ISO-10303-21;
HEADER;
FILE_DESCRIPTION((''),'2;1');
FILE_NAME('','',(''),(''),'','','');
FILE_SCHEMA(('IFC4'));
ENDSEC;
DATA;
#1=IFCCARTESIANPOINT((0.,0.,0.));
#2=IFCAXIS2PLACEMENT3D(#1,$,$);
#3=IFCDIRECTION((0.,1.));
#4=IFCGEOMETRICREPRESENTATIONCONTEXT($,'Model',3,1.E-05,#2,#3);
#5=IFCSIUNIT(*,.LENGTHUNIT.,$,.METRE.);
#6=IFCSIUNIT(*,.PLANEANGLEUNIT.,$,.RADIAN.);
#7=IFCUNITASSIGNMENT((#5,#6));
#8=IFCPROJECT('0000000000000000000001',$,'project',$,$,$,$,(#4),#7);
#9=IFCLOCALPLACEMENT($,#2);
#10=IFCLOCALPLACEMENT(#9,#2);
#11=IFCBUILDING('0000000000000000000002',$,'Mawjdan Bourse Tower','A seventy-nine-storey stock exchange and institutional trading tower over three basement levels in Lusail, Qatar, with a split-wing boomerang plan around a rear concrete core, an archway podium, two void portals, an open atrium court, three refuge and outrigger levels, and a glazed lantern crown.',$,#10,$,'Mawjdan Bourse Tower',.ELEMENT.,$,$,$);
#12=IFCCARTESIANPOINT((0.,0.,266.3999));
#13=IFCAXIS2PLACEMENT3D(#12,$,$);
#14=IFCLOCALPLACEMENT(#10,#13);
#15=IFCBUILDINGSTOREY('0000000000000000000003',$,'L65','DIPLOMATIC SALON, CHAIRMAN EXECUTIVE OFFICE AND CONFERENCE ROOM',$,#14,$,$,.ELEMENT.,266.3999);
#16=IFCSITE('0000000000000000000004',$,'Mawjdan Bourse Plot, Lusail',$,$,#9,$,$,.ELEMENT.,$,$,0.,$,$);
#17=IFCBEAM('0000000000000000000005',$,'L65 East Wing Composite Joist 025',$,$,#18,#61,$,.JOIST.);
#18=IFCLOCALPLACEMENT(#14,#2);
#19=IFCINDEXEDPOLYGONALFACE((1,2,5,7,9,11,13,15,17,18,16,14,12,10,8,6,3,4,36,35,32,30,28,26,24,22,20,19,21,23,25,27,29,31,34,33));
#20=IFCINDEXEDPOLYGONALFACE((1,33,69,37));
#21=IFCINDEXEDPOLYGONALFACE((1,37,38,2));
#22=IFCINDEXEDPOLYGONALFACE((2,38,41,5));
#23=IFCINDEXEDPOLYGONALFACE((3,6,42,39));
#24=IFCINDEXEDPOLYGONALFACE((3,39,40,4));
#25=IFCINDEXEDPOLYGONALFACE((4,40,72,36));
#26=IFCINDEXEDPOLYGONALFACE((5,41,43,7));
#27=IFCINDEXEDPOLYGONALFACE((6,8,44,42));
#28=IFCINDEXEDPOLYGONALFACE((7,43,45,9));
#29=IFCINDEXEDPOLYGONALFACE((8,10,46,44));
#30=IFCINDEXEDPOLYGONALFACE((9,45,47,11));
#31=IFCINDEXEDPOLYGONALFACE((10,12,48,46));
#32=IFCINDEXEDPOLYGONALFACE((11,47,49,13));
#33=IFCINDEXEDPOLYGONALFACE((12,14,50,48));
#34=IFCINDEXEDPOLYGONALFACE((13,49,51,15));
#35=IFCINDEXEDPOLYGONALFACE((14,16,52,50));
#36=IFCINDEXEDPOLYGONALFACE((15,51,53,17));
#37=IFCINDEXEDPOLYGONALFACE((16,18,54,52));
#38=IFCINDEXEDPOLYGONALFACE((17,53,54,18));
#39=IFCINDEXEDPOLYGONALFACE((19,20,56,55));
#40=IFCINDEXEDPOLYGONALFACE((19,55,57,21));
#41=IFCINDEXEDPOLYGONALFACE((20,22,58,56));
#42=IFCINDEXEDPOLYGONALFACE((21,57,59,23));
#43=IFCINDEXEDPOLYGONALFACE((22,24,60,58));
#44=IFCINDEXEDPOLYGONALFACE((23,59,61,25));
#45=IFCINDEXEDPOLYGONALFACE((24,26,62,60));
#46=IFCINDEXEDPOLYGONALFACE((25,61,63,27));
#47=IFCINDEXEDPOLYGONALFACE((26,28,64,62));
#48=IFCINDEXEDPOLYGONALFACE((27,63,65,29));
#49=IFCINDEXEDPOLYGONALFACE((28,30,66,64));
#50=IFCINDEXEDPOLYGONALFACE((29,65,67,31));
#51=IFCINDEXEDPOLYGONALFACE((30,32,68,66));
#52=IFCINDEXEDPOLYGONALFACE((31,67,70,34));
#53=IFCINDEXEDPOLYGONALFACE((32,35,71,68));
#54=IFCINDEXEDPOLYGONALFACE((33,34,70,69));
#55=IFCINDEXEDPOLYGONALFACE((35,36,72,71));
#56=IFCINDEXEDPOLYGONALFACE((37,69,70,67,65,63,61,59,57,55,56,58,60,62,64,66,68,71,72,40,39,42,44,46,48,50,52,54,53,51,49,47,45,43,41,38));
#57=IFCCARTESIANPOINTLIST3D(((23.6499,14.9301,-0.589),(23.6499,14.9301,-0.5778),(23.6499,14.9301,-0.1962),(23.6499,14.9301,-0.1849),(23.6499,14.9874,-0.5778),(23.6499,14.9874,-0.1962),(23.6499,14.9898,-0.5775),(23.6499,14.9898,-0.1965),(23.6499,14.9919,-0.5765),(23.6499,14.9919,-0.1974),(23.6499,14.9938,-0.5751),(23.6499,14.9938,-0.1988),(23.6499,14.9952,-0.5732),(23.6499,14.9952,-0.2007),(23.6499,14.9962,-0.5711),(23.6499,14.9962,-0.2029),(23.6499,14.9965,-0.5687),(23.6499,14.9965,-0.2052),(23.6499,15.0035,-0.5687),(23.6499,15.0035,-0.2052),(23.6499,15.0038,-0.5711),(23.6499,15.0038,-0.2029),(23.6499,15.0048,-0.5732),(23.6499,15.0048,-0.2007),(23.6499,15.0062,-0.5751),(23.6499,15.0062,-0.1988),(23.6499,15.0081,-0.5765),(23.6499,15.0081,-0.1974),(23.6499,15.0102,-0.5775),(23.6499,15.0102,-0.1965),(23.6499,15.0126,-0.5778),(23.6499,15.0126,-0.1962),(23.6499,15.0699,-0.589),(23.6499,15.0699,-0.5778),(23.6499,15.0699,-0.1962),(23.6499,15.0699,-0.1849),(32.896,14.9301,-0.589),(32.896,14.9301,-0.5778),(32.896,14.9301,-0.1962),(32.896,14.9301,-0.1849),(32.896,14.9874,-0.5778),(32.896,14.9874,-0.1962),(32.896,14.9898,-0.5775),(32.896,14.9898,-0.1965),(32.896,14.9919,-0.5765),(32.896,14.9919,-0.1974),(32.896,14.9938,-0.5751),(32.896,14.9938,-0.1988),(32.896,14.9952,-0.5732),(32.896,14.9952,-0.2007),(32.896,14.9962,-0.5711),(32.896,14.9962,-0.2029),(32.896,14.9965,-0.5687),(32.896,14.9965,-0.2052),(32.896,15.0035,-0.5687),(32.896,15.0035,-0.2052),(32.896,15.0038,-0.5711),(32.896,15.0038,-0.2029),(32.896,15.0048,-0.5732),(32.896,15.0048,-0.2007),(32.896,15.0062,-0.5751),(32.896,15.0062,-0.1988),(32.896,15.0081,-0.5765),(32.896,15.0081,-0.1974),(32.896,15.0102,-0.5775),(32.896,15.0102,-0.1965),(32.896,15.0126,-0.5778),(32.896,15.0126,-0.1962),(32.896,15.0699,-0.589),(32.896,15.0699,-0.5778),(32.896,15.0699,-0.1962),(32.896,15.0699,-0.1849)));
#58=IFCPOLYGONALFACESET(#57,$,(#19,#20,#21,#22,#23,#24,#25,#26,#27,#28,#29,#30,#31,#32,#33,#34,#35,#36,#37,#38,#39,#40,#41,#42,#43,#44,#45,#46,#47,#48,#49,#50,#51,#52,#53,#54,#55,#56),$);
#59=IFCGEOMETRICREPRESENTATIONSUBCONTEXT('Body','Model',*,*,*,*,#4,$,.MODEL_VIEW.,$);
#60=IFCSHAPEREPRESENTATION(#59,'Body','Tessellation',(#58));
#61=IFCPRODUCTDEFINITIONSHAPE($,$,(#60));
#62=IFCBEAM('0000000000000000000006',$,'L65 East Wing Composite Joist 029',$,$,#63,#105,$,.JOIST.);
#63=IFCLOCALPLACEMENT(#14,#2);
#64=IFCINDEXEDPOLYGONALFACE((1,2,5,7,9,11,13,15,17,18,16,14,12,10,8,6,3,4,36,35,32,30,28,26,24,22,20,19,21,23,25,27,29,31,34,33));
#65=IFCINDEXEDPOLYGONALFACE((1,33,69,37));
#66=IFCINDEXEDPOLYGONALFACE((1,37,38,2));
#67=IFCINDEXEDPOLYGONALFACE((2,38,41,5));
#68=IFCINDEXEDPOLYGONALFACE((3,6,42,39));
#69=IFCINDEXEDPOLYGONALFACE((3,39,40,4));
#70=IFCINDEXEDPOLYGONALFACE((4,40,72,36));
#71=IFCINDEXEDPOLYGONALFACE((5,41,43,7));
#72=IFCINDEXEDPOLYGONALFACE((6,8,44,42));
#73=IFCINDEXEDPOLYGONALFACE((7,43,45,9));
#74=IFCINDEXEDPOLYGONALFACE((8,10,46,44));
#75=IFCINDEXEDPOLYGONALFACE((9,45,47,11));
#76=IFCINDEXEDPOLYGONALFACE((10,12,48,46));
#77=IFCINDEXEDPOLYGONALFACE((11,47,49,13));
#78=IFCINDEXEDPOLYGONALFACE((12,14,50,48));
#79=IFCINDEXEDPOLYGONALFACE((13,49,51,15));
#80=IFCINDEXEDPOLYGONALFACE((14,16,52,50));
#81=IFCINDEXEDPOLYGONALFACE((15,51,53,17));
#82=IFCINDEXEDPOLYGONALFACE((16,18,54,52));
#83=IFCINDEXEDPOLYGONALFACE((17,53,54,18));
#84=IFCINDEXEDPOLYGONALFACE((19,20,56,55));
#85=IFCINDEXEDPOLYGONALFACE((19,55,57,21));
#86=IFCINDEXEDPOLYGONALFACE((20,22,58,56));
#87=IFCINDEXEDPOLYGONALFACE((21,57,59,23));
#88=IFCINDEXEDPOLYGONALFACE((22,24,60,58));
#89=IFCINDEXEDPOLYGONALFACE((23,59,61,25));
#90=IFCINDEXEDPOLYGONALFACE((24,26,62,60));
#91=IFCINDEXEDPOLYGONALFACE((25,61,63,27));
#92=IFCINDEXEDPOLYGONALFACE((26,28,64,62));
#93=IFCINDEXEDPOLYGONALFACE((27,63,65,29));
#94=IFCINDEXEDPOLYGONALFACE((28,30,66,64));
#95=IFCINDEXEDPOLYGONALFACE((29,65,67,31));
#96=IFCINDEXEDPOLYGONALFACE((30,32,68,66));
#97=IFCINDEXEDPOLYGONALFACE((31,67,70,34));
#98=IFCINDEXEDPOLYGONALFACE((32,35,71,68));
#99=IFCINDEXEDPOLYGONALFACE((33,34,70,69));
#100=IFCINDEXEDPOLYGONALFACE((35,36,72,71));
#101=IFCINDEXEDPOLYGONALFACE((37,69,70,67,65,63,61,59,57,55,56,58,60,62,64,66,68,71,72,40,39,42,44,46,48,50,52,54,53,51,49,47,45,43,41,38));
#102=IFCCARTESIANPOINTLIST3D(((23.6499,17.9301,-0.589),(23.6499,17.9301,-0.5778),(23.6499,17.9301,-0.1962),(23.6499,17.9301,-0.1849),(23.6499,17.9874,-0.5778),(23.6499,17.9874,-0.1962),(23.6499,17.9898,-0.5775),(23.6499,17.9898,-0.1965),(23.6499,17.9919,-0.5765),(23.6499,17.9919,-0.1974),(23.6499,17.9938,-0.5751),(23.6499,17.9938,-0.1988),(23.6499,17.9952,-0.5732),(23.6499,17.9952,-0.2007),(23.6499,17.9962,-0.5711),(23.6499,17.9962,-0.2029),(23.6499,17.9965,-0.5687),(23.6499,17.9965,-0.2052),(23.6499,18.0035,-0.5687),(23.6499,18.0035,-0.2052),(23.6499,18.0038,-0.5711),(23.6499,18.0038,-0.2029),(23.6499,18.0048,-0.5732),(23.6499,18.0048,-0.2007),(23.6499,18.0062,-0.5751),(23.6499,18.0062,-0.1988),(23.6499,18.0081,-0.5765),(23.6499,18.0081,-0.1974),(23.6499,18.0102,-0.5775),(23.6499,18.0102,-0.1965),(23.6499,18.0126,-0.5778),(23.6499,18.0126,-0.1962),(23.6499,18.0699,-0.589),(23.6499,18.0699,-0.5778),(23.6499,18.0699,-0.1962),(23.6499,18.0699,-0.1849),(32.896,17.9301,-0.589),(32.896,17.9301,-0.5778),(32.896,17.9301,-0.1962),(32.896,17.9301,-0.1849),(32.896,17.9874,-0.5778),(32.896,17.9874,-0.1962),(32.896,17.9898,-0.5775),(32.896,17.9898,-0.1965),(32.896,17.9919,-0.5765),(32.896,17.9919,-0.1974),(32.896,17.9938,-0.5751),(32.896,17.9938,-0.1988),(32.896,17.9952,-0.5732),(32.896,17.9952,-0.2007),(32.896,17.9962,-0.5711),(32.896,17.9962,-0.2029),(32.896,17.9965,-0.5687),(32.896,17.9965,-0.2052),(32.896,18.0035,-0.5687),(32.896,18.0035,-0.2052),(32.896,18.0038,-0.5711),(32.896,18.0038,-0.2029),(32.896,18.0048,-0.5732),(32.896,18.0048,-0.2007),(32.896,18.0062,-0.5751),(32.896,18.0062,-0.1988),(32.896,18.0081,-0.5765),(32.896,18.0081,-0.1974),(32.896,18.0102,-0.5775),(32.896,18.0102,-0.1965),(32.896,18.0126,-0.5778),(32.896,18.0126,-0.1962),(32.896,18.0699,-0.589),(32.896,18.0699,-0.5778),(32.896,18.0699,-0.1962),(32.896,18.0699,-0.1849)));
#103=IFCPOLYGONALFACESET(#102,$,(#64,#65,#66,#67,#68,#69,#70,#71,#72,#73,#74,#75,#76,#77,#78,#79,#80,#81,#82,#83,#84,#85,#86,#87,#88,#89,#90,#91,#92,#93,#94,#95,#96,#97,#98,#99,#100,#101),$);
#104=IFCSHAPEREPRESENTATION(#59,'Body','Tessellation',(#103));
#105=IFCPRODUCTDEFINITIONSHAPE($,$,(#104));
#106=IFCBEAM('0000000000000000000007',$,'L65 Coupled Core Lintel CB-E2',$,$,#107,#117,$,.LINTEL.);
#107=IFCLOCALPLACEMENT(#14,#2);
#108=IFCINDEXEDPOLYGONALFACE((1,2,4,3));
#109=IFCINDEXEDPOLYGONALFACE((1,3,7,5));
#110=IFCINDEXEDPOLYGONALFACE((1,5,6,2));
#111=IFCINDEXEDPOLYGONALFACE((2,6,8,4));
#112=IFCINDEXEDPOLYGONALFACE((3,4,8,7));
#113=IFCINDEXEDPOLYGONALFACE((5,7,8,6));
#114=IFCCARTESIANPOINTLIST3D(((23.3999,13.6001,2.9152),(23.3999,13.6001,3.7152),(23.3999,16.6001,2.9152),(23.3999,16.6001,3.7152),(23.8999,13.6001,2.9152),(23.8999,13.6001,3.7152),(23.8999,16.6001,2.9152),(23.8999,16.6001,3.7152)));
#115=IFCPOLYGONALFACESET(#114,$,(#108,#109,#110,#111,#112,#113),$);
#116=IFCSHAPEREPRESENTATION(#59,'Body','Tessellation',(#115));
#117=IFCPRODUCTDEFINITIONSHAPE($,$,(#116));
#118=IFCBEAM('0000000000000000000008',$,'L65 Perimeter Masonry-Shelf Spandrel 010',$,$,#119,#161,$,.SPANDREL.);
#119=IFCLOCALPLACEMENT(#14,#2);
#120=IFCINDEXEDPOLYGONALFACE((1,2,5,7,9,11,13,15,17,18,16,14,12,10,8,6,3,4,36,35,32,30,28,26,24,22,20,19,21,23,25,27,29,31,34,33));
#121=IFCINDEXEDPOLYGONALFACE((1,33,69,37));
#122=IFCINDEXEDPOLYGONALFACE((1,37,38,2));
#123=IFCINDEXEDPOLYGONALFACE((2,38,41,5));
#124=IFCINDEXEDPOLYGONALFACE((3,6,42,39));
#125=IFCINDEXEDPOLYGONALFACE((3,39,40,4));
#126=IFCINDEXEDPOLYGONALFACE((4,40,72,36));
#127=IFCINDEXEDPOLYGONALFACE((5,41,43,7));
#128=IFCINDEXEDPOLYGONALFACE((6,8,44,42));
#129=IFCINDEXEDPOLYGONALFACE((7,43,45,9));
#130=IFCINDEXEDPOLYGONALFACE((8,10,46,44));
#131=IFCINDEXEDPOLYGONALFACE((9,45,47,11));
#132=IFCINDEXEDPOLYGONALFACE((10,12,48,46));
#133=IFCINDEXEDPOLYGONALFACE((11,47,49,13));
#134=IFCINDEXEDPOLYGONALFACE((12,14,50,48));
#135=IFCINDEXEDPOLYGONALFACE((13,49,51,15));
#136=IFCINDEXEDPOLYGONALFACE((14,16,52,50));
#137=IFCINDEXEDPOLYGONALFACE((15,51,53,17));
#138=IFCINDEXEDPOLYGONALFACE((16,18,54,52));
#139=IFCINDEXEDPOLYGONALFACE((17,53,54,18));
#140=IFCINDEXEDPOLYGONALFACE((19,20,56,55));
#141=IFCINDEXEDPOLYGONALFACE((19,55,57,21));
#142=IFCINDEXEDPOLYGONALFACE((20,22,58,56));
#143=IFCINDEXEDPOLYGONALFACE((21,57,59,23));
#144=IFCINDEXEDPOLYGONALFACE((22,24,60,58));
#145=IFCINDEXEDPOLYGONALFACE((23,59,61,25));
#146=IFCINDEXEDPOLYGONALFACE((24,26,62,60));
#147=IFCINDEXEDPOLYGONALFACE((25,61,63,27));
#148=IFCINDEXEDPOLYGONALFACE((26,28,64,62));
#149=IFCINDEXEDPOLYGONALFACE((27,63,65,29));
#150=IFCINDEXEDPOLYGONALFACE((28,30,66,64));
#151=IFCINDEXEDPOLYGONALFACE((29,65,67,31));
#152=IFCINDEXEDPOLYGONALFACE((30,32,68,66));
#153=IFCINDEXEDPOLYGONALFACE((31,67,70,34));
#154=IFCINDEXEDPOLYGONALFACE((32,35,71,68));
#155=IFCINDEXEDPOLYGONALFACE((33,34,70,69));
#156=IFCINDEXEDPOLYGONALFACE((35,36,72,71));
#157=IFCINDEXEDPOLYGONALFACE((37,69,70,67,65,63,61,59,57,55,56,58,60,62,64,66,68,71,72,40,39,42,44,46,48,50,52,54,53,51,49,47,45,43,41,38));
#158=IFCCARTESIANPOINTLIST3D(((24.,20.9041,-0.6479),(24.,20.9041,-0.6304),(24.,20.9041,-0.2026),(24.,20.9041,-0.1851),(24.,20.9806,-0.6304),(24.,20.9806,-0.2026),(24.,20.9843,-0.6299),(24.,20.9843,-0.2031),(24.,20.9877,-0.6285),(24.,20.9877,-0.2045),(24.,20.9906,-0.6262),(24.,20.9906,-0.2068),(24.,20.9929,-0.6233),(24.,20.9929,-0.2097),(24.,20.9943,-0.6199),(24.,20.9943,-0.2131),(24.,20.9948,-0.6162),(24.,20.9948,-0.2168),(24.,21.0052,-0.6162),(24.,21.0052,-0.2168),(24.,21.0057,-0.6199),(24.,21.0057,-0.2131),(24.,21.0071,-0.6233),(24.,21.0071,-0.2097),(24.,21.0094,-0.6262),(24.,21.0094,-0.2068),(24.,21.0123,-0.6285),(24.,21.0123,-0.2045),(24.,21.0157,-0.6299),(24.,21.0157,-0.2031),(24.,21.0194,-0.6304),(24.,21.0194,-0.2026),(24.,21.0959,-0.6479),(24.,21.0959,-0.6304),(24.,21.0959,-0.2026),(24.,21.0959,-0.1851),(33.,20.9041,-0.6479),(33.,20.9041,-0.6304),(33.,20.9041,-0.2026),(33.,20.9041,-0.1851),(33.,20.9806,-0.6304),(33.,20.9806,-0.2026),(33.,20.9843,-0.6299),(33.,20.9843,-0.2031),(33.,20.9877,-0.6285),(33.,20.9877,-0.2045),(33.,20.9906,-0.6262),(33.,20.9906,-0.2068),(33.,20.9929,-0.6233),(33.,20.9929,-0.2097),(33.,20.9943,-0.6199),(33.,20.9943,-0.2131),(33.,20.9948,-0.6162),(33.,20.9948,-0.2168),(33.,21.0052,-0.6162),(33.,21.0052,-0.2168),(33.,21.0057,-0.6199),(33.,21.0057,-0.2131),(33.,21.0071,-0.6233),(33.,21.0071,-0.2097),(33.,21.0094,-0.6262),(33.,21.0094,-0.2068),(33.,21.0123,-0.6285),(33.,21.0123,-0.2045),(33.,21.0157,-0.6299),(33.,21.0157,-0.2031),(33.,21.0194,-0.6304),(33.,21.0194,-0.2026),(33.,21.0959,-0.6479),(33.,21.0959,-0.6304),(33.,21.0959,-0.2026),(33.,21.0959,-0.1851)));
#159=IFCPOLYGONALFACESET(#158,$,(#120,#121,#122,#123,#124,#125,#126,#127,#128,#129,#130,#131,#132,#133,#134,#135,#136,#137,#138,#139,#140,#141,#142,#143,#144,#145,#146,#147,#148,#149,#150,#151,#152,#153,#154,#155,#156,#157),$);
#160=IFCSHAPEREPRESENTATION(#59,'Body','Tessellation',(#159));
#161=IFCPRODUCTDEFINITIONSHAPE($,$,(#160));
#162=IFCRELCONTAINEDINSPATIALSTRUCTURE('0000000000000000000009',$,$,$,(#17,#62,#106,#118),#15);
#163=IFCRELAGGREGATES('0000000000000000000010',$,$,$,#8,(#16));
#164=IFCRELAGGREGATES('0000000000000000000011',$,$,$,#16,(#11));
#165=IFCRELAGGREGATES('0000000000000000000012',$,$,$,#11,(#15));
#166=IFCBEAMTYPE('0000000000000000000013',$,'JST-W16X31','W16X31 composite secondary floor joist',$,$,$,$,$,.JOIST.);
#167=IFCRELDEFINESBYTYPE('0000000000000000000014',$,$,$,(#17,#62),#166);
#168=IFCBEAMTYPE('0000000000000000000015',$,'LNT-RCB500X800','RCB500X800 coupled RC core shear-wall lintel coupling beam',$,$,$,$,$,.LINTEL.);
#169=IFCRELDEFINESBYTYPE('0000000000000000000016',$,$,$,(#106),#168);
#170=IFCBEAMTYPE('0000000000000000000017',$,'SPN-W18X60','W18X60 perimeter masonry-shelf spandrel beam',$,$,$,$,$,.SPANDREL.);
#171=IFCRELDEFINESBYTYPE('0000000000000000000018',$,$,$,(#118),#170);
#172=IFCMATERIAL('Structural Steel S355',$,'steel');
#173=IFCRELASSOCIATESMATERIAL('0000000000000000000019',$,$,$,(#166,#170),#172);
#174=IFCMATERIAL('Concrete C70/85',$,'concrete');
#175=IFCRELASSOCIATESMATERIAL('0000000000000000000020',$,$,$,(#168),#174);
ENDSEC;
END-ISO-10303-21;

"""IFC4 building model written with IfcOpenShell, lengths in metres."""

from ifc_helpers import new_model, si_unit, direction, frame, origin, origin_2d, place, context, subcontext, project, spatial, rectangle, i_section, extrude, material, material_profile, profile_set, type_object, element, save


model = new_model("IFC4")

# Units and contexts
model_context = context("Model", 3, precision=1e-05, world=origin(), true_north=direction((0.0, 1.0)))
body_context = subcontext(model_context, "Body", "Model", "MODEL_VIEW")
ifc_project = project(units=[si_unit("LENGTHUNIT", "METRE"), si_unit("PLANEANGLEUNIT", "RADIAN")], contexts=[model_context])

# Site, building, storey
site_placement = place(None, origin())
site = spatial("IfcSite", under=ifc_project, at=site_placement, Name="Mawjdan Bourse Plot, Lusail", CompositionType="ELEMENT", RefElevation=0.0)
building_placement = place(site_placement, origin())
building = spatial("IfcBuilding", under=site, at=building_placement, Name="Mawjdan Bourse Tower", Description="A seventy-nine-storey stock exchange and institutional trading tower over three basement levels in Lusail, Qatar, with a split-wing boomerang plan around a rear concrete core, an archway podium, two void portals, an open atrium court, three refuge and outrigger levels, and a glazed lantern crown.", LongName="Mawjdan Bourse Tower", CompositionType="ELEMENT")
storey_placement = place(building_placement, frame((0.0, 0.0, 266.3999)))
storey = spatial("IfcBuildingStorey", under=building, at=storey_placement, Name="L65", Description="DIPLOMATIC SALON, CHAIRMAN EXECUTIVE OFFICE AND CONFERENCE ROOM", CompositionType="ELEMENT", Elevation=266.3999)

# Beams
ifc_material_1 = material(Name="Structural Steel S355", Category="steel")
ifc_material_profile_1 = material_profile(ifc_material_1, i_section(OverallWidth=0.1399, OverallDepth=0.4041, WebThickness=0.0071, FlangeThickness=0.0112, FilletRadius=0.009, at=origin_2d()), Name="W16X31")
ifc_profile_set_1 = profile_set([ifc_material_profile_1], Name="Structural Steel S355")
beam_type_1 = type_object("IfcBeamType", Name="JST-W16X31", Description="W16X31 composite secondary floor joist", PredefinedType="JOIST", material=ifc_profile_set_1)
for number, where, z_axis, x_axis, name in (
    (1, (23.6499, 15.0, -0.387), (1.0, 0.0, 0.0), (0.0, 1.0, 0.0), "L65 East Wing Composite Joist 025"),
    (2, (23.6499, 18.0, -0.387), (1.0, 0.0, 0.0), (0.0, 1.0, 0.0), "L65 East Wing Composite Joist 029"),
):
    element("IfcBeam", number, at=place(storey_placement, frame(where, z_axis=z_axis, x_axis=x_axis)), inside=storey, type_object=beam_type_1, Name=name, PredefinedType="JOIST", context=body_context, shape_type="SweptSolid", body=[
        extrude(i_section(OverallWidth=0.1399, OverallDepth=0.4041, WebThickness=0.0071, FlangeThickness=0.0112, FilletRadius=0.009, at=origin_2d()), origin(), (0.0, 0.0, 1.0), 9.2461),
    ])
ifc_material_2 = material(Name="Concrete C70/85", Category="concrete")
ifc_material_profile_2 = material_profile(ifc_material_2, rectangle(XDim=0.5, YDim=0.8, at=origin_2d()), Name="RCB500X800")
ifc_profile_set_2 = profile_set([ifc_material_profile_2], Name="Concrete C70/85")
beam_type_2 = type_object("IfcBeamType", Name="LNT-RCB500X800", Description="RCB500X800 coupled RC core shear-wall lintel coupling beam", PredefinedType="LINTEL", material=ifc_profile_set_2)
beam_1_placement = place(storey_placement, frame((23.6499, 13.6001, 3.3152), z_axis=(0.0, 1.0, 0.0), x_axis=(-1.0, 0.0, 0.0)))
element("IfcBeam", 3, at=beam_1_placement, inside=storey, type_object=beam_type_2, Name="L65 Coupled Core Lintel CB-E2", PredefinedType="LINTEL", context=body_context, shape_type="SweptSolid", body=[
    extrude(rectangle(XDim=0.5, YDim=0.8, at=origin_2d()), origin(), (0.0, 0.0, 1.0), 3.0),
])
ifc_material_profile_3 = material_profile(ifc_material_1, i_section(OverallWidth=0.1919, OverallDepth=0.4629, WebThickness=0.0105, FlangeThickness=0.0176, FilletRadius=0.0142, at=origin_2d()), Name="W18X60")
ifc_profile_set_3 = profile_set([ifc_material_profile_3], Name="Structural Steel S355")
beam_type_3 = type_object("IfcBeamType", Name="SPN-W18X60", Description="W18X60 perimeter masonry-shelf spandrel beam", PredefinedType="SPANDREL", material=ifc_profile_set_3)
for number, where, z_axis, x_axis, name in (
    (4, (24.0, 21.0, -0.4165), (1.0, 0.0, 0.0), (0.0, 1.0, 0.0), "L65 Perimeter Masonry-Shelf Spandrel 010"),
):
    element("IfcBeam", number, at=place(storey_placement, frame(where, z_axis=z_axis, x_axis=x_axis)), inside=storey, type_object=beam_type_3, Name=name, PredefinedType="SPANDREL", context=body_context, shape_type="SweptSolid", body=[
        extrude(i_section(OverallWidth=0.1919, OverallDepth=0.4629, WebThickness=0.0105, FlangeThickness=0.0176, FilletRadius=0.0142, at=origin_2d()), origin(), (0.0, 0.0, 1.0), 9.0),
    ])

save(model, "model.ifc")
